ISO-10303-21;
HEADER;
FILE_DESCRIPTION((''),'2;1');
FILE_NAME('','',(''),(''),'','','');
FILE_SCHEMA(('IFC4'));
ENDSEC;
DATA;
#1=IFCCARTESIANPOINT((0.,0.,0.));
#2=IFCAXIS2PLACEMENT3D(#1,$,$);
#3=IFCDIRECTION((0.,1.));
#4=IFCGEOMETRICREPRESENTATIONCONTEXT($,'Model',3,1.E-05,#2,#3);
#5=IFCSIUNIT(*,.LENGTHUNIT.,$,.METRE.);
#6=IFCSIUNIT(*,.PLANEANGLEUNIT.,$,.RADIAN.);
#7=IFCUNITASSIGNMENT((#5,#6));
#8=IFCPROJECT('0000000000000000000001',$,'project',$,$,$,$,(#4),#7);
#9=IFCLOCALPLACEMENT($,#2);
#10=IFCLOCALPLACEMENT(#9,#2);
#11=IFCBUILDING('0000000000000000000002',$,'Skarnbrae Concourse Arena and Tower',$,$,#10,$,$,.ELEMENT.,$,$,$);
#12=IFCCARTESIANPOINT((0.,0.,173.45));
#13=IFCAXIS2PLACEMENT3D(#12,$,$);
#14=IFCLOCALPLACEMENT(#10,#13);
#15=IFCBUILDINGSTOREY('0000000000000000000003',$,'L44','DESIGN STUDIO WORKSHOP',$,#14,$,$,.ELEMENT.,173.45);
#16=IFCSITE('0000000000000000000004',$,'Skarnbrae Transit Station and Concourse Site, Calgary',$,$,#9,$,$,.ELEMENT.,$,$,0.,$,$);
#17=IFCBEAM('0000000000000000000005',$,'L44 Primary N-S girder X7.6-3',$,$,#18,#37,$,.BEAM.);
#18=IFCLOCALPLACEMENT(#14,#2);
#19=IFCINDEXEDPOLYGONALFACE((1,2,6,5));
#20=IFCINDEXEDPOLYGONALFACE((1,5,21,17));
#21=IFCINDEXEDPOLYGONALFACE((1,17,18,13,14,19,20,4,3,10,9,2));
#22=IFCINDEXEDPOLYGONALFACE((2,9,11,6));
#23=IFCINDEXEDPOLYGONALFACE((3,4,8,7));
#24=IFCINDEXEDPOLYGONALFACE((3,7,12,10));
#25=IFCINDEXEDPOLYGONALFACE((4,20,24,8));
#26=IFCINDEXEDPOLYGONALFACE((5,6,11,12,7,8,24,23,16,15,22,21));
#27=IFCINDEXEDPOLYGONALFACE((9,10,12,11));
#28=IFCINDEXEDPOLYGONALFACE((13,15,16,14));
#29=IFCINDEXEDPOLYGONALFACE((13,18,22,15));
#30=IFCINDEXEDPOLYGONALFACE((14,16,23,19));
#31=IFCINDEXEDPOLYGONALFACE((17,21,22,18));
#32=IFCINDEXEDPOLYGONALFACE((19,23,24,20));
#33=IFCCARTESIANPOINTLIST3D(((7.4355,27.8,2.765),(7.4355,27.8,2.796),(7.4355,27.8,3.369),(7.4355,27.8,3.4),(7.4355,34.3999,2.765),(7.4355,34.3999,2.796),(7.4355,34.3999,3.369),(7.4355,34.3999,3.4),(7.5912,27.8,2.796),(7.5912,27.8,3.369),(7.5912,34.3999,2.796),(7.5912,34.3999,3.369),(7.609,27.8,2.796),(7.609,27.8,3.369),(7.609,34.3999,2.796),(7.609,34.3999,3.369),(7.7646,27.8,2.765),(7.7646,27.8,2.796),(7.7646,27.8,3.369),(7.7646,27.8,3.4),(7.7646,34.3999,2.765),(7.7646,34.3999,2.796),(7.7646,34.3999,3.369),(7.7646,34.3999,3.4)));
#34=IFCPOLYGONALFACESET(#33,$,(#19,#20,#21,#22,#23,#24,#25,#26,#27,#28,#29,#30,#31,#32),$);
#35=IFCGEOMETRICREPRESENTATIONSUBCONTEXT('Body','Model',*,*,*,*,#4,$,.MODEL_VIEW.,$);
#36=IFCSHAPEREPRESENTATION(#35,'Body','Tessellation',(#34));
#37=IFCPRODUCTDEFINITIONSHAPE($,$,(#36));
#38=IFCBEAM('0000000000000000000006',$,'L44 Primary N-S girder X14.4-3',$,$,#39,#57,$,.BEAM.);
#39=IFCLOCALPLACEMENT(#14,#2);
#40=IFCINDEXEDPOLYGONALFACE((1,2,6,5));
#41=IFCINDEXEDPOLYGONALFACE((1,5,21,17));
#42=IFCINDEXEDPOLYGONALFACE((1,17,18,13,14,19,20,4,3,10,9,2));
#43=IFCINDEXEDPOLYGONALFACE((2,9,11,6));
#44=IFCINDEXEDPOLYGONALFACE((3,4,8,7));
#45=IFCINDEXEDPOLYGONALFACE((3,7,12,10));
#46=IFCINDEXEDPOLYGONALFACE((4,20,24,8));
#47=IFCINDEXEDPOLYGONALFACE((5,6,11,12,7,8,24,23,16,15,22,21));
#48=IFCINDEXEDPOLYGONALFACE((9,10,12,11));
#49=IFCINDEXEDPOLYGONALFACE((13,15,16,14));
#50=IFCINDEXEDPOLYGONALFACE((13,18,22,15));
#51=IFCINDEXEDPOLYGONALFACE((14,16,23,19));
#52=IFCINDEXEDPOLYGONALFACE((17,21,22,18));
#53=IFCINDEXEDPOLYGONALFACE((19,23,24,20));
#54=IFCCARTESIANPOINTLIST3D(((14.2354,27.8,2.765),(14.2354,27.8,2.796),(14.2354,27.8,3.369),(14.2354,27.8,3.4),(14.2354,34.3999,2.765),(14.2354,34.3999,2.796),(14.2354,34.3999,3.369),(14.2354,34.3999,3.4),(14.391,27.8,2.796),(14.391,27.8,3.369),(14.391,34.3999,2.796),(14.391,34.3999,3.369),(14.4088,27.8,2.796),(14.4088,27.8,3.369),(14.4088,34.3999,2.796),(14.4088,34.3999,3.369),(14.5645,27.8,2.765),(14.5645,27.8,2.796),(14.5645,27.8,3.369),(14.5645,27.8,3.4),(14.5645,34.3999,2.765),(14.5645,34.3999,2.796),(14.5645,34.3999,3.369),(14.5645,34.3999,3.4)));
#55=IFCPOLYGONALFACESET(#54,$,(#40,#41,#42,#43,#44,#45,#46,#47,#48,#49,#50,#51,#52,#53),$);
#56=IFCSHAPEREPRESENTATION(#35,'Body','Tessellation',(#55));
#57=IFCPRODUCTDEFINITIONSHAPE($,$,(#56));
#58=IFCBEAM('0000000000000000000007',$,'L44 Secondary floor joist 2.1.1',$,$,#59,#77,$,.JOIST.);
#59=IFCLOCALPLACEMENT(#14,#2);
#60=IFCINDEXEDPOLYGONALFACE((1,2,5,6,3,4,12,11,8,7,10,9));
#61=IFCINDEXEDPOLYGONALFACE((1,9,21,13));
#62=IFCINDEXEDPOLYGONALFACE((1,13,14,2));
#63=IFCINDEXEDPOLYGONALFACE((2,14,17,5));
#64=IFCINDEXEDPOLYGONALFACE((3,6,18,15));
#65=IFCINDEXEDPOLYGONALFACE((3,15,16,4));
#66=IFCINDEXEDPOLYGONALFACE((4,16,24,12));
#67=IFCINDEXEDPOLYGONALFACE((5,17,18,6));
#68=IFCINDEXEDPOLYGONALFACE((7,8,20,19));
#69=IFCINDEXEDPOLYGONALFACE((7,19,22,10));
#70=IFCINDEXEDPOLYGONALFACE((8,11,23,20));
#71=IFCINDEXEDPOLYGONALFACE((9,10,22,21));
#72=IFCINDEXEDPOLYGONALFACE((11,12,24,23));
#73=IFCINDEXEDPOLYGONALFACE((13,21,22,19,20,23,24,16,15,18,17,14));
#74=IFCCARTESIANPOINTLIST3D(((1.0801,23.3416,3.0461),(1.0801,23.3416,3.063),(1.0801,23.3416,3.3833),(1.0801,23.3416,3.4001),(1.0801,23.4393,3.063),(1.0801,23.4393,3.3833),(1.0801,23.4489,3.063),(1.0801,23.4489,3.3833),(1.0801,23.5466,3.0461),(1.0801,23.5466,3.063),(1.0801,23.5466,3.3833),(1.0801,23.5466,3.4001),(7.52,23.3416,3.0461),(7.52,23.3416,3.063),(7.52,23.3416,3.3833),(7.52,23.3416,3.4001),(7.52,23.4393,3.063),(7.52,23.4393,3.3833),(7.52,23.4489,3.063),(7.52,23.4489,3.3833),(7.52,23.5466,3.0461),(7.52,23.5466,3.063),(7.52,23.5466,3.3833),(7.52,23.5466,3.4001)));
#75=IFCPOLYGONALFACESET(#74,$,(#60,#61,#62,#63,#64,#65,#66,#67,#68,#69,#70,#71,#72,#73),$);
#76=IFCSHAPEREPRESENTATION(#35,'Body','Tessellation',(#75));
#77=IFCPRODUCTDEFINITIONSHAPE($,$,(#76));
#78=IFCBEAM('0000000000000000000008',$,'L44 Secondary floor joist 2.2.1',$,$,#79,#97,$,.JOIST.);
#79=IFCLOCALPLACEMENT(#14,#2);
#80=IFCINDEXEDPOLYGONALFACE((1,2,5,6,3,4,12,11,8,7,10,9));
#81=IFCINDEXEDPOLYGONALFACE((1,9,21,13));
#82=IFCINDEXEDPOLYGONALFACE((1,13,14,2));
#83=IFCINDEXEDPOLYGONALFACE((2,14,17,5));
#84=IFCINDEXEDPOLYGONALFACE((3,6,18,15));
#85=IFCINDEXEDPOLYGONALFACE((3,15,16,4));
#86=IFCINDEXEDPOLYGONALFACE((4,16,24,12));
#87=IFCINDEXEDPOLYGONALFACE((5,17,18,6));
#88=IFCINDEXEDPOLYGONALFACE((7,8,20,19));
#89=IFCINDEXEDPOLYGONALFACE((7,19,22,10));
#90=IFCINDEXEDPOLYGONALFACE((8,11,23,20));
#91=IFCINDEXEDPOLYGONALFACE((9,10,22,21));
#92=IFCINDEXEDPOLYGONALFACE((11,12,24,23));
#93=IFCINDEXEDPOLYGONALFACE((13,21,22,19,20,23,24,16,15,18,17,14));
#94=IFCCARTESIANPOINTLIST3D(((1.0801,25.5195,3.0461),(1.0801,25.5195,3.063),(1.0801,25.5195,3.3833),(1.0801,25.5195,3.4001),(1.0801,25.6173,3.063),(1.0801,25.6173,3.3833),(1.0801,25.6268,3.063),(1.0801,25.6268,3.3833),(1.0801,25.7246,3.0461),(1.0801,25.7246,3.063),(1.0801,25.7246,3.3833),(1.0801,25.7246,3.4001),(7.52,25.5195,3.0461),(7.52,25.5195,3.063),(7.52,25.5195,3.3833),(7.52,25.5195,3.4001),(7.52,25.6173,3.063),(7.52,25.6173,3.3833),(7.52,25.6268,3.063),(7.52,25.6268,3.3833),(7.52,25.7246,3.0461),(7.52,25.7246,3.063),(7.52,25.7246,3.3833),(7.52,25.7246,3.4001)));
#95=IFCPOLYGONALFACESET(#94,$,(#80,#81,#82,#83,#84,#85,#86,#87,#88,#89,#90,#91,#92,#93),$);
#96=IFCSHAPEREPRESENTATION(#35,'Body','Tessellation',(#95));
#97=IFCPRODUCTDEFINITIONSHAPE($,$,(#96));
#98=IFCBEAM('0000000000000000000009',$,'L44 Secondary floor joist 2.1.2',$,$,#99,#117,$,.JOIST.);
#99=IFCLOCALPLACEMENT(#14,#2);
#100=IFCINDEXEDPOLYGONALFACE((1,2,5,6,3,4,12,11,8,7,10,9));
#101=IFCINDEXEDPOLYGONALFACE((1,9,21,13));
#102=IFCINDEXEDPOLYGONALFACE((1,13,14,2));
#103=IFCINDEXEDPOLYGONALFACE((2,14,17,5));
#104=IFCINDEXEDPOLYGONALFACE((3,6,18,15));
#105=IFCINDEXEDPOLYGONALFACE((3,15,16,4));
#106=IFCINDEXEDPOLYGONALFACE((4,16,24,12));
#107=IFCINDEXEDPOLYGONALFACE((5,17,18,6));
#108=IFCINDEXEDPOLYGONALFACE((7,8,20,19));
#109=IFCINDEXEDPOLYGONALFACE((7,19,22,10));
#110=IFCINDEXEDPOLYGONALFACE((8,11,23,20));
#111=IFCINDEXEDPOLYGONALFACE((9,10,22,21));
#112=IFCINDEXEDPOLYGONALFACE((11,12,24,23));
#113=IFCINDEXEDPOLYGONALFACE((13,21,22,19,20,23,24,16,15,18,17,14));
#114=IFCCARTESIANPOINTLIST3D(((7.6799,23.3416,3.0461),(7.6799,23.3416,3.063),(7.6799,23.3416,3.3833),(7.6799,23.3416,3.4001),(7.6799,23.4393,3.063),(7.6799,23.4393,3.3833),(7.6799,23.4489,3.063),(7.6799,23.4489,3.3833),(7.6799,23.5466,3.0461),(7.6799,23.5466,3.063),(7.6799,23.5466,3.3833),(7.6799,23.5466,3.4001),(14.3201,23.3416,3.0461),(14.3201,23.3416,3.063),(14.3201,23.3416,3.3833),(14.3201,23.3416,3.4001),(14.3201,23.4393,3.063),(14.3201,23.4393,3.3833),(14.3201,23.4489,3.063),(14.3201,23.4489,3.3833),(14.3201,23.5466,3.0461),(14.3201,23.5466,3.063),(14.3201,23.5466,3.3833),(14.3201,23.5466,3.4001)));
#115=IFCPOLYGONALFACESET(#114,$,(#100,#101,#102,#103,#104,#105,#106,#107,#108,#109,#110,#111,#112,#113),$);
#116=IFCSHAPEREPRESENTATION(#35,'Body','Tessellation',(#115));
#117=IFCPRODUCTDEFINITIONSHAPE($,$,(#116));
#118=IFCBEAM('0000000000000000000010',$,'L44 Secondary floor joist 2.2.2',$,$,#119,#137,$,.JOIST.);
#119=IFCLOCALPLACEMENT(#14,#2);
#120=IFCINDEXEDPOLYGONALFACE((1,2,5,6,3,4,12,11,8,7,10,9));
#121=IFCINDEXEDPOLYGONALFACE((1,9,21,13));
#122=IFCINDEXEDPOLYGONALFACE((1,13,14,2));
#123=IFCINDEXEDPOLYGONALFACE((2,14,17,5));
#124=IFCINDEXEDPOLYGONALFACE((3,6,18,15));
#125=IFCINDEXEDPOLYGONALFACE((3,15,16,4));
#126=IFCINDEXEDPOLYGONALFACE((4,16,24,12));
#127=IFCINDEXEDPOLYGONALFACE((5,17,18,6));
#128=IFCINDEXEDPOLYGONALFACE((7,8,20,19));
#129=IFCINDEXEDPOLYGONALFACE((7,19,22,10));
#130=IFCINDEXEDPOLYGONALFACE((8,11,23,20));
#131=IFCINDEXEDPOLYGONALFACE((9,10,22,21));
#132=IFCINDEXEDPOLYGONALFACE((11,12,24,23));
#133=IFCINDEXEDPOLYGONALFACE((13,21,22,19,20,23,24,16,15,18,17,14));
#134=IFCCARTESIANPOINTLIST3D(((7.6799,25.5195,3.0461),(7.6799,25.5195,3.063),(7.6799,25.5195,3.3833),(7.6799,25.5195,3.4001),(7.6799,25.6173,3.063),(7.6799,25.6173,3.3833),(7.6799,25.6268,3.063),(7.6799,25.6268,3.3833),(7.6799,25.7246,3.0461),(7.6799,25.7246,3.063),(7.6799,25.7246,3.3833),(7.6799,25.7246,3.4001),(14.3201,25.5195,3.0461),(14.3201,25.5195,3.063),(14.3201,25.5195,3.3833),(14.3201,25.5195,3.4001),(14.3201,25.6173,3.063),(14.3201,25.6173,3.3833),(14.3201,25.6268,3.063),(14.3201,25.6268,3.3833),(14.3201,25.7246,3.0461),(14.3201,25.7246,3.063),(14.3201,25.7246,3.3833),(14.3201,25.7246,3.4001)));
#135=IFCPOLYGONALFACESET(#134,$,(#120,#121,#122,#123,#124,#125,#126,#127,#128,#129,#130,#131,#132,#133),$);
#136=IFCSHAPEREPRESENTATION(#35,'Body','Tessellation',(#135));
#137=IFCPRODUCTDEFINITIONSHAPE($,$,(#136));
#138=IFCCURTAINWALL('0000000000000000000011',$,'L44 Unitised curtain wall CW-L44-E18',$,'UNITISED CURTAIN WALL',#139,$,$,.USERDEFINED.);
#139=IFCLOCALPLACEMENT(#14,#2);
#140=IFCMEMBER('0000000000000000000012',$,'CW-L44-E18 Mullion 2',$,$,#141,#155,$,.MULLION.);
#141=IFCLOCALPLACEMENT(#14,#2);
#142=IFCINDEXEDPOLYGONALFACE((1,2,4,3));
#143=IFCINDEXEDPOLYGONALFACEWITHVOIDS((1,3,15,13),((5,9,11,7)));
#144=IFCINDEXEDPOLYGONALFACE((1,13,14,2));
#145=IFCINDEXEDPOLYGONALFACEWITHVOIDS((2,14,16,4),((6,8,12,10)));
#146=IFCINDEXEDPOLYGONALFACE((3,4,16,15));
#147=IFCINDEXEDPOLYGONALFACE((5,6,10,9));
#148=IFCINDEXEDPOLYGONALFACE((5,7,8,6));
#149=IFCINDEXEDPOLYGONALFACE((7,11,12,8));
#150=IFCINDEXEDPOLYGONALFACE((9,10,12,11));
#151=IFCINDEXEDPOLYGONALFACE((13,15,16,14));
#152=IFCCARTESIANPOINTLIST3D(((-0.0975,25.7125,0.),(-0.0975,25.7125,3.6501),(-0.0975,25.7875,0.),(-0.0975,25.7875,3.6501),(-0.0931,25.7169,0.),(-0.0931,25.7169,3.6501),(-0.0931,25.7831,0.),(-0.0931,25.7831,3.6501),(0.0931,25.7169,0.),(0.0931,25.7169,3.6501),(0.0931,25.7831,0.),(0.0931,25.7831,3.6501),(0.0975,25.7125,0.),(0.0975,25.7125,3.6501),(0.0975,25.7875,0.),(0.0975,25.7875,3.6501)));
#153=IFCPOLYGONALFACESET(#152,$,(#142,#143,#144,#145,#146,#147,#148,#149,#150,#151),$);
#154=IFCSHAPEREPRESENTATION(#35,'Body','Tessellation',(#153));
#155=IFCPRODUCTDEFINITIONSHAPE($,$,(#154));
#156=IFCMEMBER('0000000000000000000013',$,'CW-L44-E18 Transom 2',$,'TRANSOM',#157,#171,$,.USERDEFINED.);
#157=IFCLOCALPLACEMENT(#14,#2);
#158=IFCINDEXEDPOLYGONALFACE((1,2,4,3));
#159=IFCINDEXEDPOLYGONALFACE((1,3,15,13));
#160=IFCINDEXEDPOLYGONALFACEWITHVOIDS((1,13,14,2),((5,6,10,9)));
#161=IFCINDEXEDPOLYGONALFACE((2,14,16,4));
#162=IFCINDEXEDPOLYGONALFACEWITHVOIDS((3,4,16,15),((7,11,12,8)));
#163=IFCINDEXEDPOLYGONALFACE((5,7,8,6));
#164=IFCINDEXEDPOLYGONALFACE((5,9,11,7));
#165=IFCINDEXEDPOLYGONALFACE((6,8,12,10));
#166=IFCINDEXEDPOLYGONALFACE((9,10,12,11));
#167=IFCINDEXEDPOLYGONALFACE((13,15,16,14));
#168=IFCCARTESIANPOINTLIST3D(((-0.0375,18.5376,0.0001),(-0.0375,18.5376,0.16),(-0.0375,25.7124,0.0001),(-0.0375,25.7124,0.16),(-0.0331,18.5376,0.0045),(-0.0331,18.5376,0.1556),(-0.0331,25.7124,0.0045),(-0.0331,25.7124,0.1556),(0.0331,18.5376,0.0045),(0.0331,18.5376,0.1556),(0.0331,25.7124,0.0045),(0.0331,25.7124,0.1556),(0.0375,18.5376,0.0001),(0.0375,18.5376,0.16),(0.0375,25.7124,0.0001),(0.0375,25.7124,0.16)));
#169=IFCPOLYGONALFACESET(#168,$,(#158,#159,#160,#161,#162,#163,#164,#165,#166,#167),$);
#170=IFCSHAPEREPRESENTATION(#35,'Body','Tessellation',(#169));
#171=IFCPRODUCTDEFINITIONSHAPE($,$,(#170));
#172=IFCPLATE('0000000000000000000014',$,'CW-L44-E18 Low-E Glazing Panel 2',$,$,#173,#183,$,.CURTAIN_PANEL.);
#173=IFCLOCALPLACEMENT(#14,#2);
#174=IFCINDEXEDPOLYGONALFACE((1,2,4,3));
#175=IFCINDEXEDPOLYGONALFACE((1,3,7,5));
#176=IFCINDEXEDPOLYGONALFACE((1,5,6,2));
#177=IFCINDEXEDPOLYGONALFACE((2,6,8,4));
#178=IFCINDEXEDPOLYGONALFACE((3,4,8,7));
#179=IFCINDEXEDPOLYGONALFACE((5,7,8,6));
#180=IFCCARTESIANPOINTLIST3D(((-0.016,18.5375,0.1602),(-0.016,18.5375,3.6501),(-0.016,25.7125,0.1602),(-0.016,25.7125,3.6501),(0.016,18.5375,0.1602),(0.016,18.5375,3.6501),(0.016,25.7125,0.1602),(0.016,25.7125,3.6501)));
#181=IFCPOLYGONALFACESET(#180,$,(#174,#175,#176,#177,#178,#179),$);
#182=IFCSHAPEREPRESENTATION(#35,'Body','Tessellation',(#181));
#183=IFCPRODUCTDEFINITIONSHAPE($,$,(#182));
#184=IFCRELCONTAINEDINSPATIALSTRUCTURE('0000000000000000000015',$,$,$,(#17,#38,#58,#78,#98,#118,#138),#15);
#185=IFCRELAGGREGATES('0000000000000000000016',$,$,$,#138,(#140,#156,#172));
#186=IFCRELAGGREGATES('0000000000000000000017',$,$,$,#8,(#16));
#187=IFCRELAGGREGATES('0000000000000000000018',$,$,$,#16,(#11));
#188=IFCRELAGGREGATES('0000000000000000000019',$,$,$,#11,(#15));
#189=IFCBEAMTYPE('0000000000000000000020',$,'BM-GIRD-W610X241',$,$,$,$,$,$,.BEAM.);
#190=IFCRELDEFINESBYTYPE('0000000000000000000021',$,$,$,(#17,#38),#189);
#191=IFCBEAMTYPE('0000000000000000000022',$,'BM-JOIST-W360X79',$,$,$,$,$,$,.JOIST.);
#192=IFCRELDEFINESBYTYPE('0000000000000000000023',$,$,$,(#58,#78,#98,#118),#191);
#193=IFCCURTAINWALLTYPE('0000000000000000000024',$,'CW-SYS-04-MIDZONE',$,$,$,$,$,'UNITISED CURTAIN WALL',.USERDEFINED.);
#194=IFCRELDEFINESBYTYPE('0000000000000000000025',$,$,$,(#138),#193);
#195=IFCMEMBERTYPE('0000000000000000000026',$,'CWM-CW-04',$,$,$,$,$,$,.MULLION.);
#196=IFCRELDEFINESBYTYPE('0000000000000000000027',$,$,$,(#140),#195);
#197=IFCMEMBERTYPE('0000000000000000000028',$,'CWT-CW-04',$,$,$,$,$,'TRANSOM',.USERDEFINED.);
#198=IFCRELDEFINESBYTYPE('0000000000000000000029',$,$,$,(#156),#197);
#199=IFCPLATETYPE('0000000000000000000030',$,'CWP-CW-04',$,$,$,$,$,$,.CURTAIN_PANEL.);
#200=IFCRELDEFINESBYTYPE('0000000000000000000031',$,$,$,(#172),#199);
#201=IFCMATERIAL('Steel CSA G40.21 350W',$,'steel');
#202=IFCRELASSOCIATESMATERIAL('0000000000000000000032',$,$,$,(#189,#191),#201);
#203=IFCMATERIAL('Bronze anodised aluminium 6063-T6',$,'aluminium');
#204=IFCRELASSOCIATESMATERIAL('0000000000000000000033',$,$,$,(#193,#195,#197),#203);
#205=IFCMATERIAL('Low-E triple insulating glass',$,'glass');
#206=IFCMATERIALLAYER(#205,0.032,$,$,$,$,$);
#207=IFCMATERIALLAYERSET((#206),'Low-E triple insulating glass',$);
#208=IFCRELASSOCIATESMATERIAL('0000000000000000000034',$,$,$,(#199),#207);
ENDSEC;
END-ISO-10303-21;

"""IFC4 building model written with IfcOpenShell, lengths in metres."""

from ifc_helpers import new_model, si_unit, direction, frame, origin, origin_2d, place, context, subcontext, project, spatial, rectangle, hollow_rectangle, i_section, extrude, source, transform, mapped, material, layer, layer_set, material_profile, profile_set, type_object, element, aggregate, save


model = new_model("IFC4")

# Units and contexts
model_context = context("Model", 3, precision=1e-05, world=origin(), true_north=direction((0.0, 1.0)))
body_context = subcontext(model_context, "Body", "Model", "MODEL_VIEW")
ifc_project = project(units=[si_unit("LENGTHUNIT", "METRE"), si_unit("PLANEANGLEUNIT", "RADIAN")], contexts=[model_context])

# Site, building, storey
site_placement = place(None, origin())
site = spatial("IfcSite", under=ifc_project, at=site_placement, Name="Skarnbrae Transit Station and Concourse Site, Calgary", CompositionType="ELEMENT", RefElevation=0.0)
building_placement = place(site_placement, origin())
building = spatial("IfcBuilding", under=site, at=building_placement, Name="Skarnbrae Concourse Arena and Tower", CompositionType="ELEMENT")
storey_placement = place(building_placement, frame((0.0, 0.0, 173.45)))
storey = spatial("IfcBuildingStorey", under=building, at=storey_placement, Name="L44", Description="DESIGN STUDIO WORKSHOP", CompositionType="ELEMENT", Elevation=173.45)

# Shared definitions
ifc_material_1 = material(Name="Steel CSA G40.21 350W", Category="steel")

# Beams
ifc_material_profile_1 = material_profile(ifc_material_1, i_section(OverallWidth=0.3291, OverallDepth=0.635, WebThickness=0.0178, FlangeThickness=0.031, at=origin_2d()), Name="W610X241")
ifc_profile_set_1 = profile_set([ifc_material_profile_1], Name="Steel CSA G40.21 350W")
beam_type_1 = type_object("IfcBeamType", Name="BM-GIRD-W610X241", PredefinedType="BEAM", material=ifc_profile_set_1)
shared_shape_1 = source(origin(), body_context, "Body", "SweptSolid", [
    extrude(i_section(OverallWidth=0.3291, OverallDepth=0.635, WebThickness=0.0178, FlangeThickness=0.031, at=origin_2d()), origin(), (0.0, 0.0, 1.0), 6.5999),
])
for number, where, z_axis, x_axis, name in (
    (1, (7.6001, 27.8, 3.0825), (0.0, 1.0, 0.0), (-1.0, 0.0, 0.0), "L44 Primary N-S girder X7.6-3"),
    (2, (14.3999, 27.8, 3.0825), (0.0, 1.0, 0.0), (-1.0, 0.0, 0.0), "L44 Primary N-S girder X14.4-3"),
):
    element("IfcBeam", number, at=place(storey_placement, frame(where, z_axis=z_axis, x_axis=x_axis)), inside=storey, type_object=beam_type_1, Name=name, PredefinedType="BEAM", context=body_context, shape_type="MappedRepresentation", body=[
        mapped(shared_shape_1, transform((0.0, 0.0, 0.0))),
    ])
ifc_material_profile_2 = material_profile(ifc_material_1, i_section(OverallWidth=0.2051, OverallDepth=0.354, WebThickness=0.0095, FlangeThickness=0.0168, at=origin_2d()), Name="W360X79")
ifc_profile_set_2 = profile_set([ifc_material_profile_2], Name="Steel CSA G40.21 350W")
beam_type_2 = type_object("IfcBeamType", Name="BM-JOIST-W360X79", PredefinedType="JOIST", material=ifc_profile_set_2)
shared_shape_2 = source(origin(), body_context, "Body", "SweptSolid", [
    extrude(i_section(OverallWidth=0.2051, OverallDepth=0.354, WebThickness=0.0095, FlangeThickness=0.0168, at=origin_2d()), origin(), (0.0, 0.0, 1.0), 6.4399),
])
for number, where, z_axis, x_axis, name in (
    (3, (1.0801, 23.4441, 3.2231), (1.0, 0.0, 0.0), (0.0, 1.0, 0.0), "L44 Secondary floor joist 2.1.1"),
    (4, (1.0801, 25.6221, 3.2231), (1.0, 0.0, 0.0), (0.0, 1.0, 0.0), "L44 Secondary floor joist 2.2.1"),
):
    element("IfcBeam", number, at=place(storey_placement, frame(where, z_axis=z_axis, x_axis=x_axis)), inside=storey, type_object=beam_type_2, Name=name, PredefinedType="JOIST", context=body_context, shape_type="MappedRepresentation", body=[
        mapped(shared_shape_2, transform((0.0, 0.0, 0.0))),
    ])
shared_shape_3 = source(origin(), body_context, "Body", "SweptSolid", [
    extrude(i_section(OverallWidth=0.2051, OverallDepth=0.354, WebThickness=0.0095, FlangeThickness=0.0168, at=origin_2d()), origin(), (0.0, 0.0, 1.0), 6.6401),
])
for number, where, z_axis, x_axis, name in (
    (5, (7.6799, 23.4441, 3.2231), (1.0, 0.0, 0.0), (0.0, 1.0, 0.0), "L44 Secondary floor joist 2.1.2"),
    (6, (7.6799, 25.6221, 3.2231), (1.0, 0.0, 0.0), (0.0, 1.0, 0.0), "L44 Secondary floor joist 2.2.2"),
):
    element("IfcBeam", number, at=place(storey_placement, frame(where, z_axis=z_axis, x_axis=x_axis)), inside=storey, type_object=beam_type_2, Name=name, PredefinedType="JOIST", context=body_context, shape_type="MappedRepresentation", body=[
        mapped(shared_shape_3, transform((0.0, 0.0, 0.0))),
    ])

# Curtain wall, members, plate
ifc_material_2 = material(Name="Bronze anodised aluminium 6063-T6", Category="aluminium")
curtain_wall_type = type_object("IfcCurtainWallType", Name="CW-SYS-04-MIDZONE", ElementType="UNITISED CURTAIN WALL", PredefinedType="USERDEFINED", material=ifc_material_2)
curtain_wall_placement = place(storey_placement, origin())
curtain_wall = element("IfcCurtainWall", 7, at=curtain_wall_placement, inside=storey, type_object=curtain_wall_type, Name="L44 Unitised curtain wall CW-L44-E18", ObjectType="UNITISED CURTAIN WALL", PredefinedType="USERDEFINED")
ifc_material_profile_3 = material_profile(ifc_material_2, hollow_rectangle(XDim=0.075, YDim=0.1951, WallThickness=0.0044, at=origin_2d()), Name="ALU-MULL-75X195")
ifc_profile_set_3 = profile_set([ifc_material_profile_3], Name="Bronze anodised aluminium 6063-T6")
member_type_1 = type_object("IfcMemberType", Name="CWM-CW-04", PredefinedType="MULLION", material=ifc_profile_set_3)
shared_shape_4 = source(origin(), body_context, "Body", "SweptSolid", [
    extrude(hollow_rectangle(XDim=0.075, YDim=0.1951, WallThickness=0.0044, at=origin_2d()), origin(), (0.0, 0.0, 1.0), 3.6501),
])
member_1_placement = place(storey_placement, frame((0.0, 25.75, 0.0), z_axis=(0.0, 0.0, 1.0), x_axis=(0.0, -1.0, 0.0)))
member_1 = element("IfcMember", 8, at=member_1_placement, type_object=member_type_1, Name="CW-L44-E18 Mullion 2", PredefinedType="MULLION", context=body_context, shape_type="MappedRepresentation", body=[
    mapped(shared_shape_4, transform((0.0, 0.0, 0.0))),
])
ifc_material_profile_4 = material_profile(ifc_material_2, hollow_rectangle(XDim=0.075, YDim=0.1599, WallThickness=0.0044, at=origin_2d()), Name="ALU-TRAN-75X160")
ifc_profile_set_4 = profile_set([ifc_material_profile_4], Name="Bronze anodised aluminium 6063-T6")
member_type_2 = type_object("IfcMemberType", Name="CWT-CW-04", ElementType="TRANSOM", PredefinedType="USERDEFINED", material=ifc_profile_set_4)
shared_shape_5 = source(origin(), body_context, "Body", "SweptSolid", [
    extrude(hollow_rectangle(XDim=0.075, YDim=0.1599, WallThickness=0.0044, at=origin_2d()), origin(), (0.0, 0.0, 1.0), 7.1748),
])
member_2_placement = place(storey_placement, frame((0.0, 25.7124, 0.0801), z_axis=(0.0, -1.0, 0.0), x_axis=(1.0, 0.0, 0.0)))
member_2 = element("IfcMember", 9, at=member_2_placement, type_object=member_type_2, Name="CW-L44-E18 Transom 2", ObjectType="TRANSOM", PredefinedType="USERDEFINED", context=body_context, shape_type="MappedRepresentation", body=[
    mapped(shared_shape_5, transform((0.0, 0.0, 0.0))),
])
ifc_material_3 = material(Name="Low-E triple insulating glass", Category="glass")
ifc_layer_1 = layer(ifc_material_3, 0.032)
ifc_layer_set_1 = layer_set([ifc_layer_1], Name="Low-E triple insulating glass")
plate_type = type_object("IfcPlateType", Name="CWP-CW-04", PredefinedType="CURTAIN_PANEL", material=ifc_layer_set_1)
shared_shape_6 = source(origin(), body_context, "Body", "SweptSolid", [
    extrude(rectangle(XDim=7.175, YDim=0.032, at=origin_2d()), origin(), (0.0, 0.0, 1.0), 3.49),
])
plate_placement = place(storey_placement, frame((0.0, 22.125, 0.1602), z_axis=(0.0, 0.0, 1.0), x_axis=(0.0, -1.0, 0.0)))
plate = element("IfcPlate", 10, at=plate_placement, type_object=plate_type, Name="CW-L44-E18 Low-E Glazing Panel 2", PredefinedType="CURTAIN_PANEL", context=body_context, shape_type="MappedRepresentation", body=[
    mapped(shared_shape_6, transform((0.0, 0.0, 0.0))),
])
aggregate(curtain_wall, [member_1, member_2, plate])

save(model, "model.ifc")
